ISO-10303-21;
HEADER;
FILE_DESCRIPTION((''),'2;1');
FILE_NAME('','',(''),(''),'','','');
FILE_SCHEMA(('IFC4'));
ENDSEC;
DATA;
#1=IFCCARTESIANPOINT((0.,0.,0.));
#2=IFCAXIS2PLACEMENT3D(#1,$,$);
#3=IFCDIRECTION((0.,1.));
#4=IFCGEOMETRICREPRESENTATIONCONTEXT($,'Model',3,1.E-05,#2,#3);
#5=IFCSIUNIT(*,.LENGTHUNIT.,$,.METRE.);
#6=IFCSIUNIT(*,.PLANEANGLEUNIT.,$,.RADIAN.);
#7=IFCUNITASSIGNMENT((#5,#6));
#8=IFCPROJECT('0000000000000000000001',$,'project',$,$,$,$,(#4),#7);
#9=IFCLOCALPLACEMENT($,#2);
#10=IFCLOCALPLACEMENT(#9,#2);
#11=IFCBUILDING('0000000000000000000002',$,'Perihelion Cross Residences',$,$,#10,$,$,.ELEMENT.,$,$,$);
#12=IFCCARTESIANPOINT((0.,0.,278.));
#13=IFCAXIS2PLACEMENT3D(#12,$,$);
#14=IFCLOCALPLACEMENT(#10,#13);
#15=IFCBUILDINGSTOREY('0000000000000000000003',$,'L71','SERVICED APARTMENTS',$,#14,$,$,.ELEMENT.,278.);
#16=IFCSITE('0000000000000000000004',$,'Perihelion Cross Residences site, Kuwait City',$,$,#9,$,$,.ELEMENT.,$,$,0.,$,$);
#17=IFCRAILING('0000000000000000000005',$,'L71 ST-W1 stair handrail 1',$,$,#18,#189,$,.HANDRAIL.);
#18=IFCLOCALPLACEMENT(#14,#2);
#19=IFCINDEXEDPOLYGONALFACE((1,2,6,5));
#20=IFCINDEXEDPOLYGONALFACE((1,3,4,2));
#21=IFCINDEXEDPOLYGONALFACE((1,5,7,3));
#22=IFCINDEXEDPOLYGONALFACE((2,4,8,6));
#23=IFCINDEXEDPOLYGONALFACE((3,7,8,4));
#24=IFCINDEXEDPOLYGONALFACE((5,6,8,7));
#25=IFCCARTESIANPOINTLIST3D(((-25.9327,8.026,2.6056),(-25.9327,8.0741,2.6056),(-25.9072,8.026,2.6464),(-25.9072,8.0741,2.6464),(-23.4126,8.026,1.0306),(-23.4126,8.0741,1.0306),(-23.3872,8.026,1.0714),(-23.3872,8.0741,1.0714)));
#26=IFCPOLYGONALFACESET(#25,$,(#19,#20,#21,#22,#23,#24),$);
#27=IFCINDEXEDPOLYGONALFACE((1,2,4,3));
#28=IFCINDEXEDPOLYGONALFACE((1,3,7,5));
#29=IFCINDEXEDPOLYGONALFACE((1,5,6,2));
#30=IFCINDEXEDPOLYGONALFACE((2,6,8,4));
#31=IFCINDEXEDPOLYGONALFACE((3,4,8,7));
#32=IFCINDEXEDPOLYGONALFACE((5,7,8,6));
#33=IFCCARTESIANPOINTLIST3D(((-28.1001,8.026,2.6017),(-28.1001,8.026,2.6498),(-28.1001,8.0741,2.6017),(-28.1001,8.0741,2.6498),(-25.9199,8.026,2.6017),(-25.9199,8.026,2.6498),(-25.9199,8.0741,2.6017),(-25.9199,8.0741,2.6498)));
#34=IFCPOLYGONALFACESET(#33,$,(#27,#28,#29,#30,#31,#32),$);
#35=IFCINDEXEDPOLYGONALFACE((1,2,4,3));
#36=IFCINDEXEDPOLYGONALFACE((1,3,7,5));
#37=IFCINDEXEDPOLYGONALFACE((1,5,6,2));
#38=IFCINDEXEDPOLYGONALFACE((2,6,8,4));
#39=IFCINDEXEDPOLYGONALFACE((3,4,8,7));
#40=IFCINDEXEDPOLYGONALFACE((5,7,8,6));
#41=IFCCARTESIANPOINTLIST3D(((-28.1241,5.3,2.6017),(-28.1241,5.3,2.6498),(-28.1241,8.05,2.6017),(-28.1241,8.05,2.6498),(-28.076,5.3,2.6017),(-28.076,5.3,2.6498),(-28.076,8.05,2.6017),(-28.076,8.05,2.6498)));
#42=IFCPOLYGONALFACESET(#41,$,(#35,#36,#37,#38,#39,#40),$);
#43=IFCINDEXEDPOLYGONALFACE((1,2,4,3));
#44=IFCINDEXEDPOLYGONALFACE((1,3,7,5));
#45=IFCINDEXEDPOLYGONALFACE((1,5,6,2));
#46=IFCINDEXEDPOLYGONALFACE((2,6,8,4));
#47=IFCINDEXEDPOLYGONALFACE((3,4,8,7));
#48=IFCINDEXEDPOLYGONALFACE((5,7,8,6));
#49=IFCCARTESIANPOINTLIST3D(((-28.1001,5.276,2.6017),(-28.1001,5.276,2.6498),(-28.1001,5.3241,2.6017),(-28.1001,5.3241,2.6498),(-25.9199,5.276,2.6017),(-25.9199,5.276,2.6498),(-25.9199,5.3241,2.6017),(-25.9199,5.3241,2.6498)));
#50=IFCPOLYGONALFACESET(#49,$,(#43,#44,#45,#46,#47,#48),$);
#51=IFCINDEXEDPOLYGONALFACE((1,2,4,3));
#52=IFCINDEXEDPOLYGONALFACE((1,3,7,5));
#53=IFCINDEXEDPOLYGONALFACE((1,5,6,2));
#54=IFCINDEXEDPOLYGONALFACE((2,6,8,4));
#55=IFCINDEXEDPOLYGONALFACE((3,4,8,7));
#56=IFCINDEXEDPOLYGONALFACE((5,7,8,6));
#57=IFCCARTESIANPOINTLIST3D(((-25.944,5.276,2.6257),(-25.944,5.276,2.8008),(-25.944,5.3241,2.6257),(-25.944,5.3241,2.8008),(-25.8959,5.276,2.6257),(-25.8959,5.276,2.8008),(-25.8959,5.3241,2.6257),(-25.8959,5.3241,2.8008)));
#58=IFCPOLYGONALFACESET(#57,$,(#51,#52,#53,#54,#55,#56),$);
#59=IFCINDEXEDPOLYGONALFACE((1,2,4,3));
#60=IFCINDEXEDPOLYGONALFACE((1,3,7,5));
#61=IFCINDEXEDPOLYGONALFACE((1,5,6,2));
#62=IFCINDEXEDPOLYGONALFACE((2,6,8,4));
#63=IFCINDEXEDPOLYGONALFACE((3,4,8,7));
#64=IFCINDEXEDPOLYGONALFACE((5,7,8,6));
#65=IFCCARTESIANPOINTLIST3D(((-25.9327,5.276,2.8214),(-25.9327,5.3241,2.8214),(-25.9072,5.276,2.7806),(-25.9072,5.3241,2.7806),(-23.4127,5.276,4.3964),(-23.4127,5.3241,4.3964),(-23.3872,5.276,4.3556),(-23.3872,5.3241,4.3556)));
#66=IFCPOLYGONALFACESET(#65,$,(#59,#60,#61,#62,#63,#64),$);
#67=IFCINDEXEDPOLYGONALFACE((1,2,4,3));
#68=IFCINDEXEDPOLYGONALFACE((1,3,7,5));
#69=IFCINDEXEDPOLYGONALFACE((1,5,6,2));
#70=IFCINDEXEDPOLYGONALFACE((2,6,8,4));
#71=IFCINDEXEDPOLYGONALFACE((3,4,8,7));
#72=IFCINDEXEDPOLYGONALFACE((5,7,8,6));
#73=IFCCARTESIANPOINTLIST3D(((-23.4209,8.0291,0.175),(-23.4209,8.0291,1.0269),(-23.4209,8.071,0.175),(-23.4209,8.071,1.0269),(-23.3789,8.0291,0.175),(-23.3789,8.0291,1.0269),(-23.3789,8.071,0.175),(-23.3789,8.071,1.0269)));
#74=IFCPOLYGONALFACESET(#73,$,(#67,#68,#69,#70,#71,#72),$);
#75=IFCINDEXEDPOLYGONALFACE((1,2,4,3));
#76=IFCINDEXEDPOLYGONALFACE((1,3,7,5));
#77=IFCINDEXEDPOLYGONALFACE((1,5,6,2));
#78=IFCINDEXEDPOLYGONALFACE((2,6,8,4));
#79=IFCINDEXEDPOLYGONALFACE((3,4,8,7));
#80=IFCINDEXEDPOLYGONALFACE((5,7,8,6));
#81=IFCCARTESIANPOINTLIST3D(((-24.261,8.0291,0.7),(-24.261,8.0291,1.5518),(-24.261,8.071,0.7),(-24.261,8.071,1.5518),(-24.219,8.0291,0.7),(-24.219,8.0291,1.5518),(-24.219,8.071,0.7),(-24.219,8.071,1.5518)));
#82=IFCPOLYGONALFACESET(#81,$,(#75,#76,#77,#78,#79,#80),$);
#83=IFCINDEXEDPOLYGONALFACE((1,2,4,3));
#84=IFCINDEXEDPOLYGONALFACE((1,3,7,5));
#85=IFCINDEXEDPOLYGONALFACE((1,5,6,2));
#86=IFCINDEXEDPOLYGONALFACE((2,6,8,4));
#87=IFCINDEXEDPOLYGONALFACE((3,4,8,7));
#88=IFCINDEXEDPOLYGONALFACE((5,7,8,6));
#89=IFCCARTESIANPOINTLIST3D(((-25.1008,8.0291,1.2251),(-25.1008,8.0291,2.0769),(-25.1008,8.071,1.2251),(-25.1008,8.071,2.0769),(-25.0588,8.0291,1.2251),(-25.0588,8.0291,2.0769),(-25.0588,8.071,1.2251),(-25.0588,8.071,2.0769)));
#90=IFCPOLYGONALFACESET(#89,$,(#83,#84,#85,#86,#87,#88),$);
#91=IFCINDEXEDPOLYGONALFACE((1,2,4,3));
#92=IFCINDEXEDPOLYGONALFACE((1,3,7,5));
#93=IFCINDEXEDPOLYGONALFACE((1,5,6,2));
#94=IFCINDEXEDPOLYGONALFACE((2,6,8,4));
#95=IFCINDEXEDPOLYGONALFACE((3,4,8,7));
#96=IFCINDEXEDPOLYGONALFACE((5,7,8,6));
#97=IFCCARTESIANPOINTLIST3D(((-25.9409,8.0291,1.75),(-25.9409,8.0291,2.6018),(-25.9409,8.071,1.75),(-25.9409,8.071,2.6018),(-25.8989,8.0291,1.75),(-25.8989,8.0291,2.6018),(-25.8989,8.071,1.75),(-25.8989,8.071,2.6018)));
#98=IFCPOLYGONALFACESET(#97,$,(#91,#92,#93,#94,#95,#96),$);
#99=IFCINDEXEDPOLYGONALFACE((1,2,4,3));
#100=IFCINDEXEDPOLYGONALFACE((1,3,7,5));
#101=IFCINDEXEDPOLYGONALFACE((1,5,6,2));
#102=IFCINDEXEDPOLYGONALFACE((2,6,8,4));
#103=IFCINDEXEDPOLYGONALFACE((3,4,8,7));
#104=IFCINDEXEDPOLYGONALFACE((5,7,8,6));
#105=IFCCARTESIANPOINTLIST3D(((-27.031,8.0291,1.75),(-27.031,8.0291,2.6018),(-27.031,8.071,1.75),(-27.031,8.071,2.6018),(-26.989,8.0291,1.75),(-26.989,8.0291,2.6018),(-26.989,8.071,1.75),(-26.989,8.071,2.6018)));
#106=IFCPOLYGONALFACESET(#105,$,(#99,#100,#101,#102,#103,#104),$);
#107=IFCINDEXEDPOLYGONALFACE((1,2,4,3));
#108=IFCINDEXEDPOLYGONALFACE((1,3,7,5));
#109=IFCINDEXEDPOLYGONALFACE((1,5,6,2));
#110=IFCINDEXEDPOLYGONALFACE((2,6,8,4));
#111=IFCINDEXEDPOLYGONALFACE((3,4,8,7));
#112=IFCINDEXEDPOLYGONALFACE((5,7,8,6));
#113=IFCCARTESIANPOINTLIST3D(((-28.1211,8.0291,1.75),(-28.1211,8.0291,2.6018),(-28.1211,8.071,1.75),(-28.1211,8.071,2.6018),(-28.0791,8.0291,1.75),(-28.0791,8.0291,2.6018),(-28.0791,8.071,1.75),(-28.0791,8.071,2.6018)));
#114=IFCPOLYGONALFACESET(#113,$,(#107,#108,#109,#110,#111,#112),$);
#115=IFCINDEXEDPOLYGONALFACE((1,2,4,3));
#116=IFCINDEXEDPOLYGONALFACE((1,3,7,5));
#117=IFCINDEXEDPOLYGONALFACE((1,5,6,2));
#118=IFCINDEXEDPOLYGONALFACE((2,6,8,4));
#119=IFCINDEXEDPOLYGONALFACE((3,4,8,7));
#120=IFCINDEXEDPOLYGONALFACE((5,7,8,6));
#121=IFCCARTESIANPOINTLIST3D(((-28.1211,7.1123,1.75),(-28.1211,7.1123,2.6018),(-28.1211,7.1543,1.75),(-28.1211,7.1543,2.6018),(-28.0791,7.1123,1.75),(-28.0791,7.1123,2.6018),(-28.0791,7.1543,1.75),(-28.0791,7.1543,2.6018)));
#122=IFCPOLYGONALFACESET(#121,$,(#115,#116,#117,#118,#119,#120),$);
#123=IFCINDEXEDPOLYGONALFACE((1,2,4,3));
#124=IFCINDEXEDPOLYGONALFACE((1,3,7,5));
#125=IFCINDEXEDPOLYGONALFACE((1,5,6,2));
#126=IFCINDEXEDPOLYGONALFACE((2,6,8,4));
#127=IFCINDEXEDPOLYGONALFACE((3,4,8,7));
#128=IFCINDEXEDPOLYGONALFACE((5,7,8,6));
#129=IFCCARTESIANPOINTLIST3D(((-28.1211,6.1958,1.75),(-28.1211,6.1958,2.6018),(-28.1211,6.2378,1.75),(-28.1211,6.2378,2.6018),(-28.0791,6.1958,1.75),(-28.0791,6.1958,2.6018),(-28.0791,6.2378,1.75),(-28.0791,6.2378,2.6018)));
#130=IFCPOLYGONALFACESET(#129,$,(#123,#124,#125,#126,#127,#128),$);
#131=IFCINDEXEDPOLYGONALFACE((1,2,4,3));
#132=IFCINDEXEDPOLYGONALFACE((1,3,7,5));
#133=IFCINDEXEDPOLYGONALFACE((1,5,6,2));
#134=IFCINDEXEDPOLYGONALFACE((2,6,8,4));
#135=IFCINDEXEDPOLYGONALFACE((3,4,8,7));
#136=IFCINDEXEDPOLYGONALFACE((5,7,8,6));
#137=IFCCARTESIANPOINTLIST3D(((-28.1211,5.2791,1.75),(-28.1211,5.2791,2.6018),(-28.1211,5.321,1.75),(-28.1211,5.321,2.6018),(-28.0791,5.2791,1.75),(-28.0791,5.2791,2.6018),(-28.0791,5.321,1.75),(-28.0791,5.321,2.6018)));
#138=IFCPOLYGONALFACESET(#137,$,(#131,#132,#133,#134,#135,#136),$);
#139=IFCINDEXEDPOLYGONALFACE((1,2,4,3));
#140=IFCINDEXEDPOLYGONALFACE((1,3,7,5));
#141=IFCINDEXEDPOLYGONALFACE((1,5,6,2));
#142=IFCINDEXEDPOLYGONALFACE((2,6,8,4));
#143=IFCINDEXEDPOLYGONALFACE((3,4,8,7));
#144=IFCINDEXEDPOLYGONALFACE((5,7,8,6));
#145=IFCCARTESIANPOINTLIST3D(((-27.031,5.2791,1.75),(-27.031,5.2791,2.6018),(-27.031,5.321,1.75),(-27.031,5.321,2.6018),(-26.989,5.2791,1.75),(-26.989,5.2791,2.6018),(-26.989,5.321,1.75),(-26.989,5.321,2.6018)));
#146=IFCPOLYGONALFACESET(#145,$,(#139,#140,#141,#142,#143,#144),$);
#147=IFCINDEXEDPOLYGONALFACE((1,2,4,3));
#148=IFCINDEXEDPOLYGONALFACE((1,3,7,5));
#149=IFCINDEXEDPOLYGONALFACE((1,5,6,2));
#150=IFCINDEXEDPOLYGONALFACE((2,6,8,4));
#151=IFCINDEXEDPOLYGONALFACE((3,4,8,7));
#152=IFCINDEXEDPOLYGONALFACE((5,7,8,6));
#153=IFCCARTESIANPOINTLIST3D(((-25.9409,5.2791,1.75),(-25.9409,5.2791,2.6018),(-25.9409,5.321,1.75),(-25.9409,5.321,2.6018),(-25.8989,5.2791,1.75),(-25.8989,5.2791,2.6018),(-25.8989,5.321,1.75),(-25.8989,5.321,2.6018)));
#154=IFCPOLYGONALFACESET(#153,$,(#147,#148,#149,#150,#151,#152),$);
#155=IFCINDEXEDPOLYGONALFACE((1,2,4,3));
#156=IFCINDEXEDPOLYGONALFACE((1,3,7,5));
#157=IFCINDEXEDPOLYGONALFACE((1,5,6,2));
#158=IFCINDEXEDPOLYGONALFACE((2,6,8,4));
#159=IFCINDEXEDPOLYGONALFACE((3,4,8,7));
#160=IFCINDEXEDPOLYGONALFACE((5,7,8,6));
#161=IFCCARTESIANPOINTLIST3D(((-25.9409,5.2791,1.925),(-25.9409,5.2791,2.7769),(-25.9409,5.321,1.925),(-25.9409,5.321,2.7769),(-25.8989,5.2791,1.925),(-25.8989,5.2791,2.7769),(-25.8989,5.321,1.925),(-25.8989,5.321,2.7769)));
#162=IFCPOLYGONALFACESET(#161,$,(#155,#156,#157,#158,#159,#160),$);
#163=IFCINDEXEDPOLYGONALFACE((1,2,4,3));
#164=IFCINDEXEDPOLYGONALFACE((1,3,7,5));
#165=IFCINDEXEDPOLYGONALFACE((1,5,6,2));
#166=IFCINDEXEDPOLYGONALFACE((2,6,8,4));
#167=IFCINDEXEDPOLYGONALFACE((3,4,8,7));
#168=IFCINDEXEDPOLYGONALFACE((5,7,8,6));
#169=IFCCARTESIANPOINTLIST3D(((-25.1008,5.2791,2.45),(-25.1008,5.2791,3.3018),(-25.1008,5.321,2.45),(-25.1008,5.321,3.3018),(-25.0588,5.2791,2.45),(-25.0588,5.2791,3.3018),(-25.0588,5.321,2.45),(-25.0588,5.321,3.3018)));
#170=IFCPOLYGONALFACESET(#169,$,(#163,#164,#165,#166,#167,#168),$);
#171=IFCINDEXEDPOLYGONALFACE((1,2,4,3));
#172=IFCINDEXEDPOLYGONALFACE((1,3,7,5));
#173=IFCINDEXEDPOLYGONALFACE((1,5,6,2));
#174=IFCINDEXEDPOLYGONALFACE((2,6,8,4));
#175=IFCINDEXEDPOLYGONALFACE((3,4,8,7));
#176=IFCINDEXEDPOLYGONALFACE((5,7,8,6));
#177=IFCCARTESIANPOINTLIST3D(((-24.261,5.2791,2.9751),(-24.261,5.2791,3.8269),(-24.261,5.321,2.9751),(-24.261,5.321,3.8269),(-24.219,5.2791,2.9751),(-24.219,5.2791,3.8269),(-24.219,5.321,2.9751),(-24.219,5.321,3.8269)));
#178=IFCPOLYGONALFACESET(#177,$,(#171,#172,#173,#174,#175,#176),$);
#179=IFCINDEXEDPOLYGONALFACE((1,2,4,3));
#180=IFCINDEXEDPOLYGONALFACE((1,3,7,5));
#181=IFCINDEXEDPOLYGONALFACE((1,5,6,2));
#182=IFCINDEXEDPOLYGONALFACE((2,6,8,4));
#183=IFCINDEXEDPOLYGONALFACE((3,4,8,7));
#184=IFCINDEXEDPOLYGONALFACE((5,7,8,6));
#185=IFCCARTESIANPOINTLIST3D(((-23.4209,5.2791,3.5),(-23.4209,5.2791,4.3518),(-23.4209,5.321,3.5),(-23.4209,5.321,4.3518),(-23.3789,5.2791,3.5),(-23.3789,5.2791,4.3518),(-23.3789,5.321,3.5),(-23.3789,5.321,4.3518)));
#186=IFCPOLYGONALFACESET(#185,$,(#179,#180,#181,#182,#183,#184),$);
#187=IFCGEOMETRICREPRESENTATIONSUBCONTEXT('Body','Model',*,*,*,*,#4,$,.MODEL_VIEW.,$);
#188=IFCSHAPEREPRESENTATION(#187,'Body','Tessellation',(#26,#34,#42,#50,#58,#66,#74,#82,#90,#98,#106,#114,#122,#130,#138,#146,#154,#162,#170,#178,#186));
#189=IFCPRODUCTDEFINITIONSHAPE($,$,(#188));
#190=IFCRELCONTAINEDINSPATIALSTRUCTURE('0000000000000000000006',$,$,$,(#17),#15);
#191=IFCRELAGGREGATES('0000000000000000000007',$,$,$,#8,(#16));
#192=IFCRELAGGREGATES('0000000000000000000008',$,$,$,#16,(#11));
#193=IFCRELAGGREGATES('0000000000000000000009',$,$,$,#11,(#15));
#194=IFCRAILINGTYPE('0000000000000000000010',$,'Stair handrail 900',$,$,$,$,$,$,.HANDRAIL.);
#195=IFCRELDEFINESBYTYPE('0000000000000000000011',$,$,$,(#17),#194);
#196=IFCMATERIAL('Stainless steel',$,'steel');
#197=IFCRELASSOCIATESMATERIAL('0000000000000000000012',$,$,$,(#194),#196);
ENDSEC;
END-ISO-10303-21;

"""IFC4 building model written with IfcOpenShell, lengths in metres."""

from ifc_helpers import new_model, si_unit, direction, frame, origin, origin_2d, place, context, subcontext, project, spatial, rectangle, extrude, material, type_object, element, save


model = new_model("IFC4")

# Units and contexts
model_context = context("Model", 3, precision=1e-05, world=origin(), true_north=direction((0.0, 1.0)))
body_context = subcontext(model_context, "Body", "Model", "MODEL_VIEW")
ifc_project = project(units=[si_unit("LENGTHUNIT", "METRE"), si_unit("PLANEANGLEUNIT", "RADIAN")], contexts=[model_context])

# Site, building, storey
site_placement = place(None, origin())
site = spatial("IfcSite", under=ifc_project, at=site_placement, Name="Perihelion Cross Residences site, Kuwait City", CompositionType="ELEMENT", RefElevation=0.0)
building_placement = place(site_placement, origin())
building = spatial("IfcBuilding", under=site, at=building_placement, Name="Perihelion Cross Residences", CompositionType="ELEMENT")
storey_placement = place(building_placement, frame((0.0, 0.0, 278.0)))
storey = spatial("IfcBuildingStorey", under=building, at=storey_placement, Name="L71", Description="SERVICED APARTMENTS", CompositionType="ELEMENT", Elevation=278.0)

# Railing
ifc_material_1 = material(Name="Stainless steel", Category="steel")
railing_type_1 = type_object("IfcRailingType", Name="Stair handrail 900", PredefinedType="HANDRAIL", material=ifc_material_1)
railing_1_placement = place(storey_placement, frame((-23.3999, 8.05, 0.175)))
element("IfcRailing", 1, at=railing_1_placement, inside=storey, type_object=railing_type_1, Name="L71 ST-W1 stair handrail 1", PredefinedType="HANDRAIL", context=body_context, shape_type="SweptSolid", body=[
    extrude(rectangle(XDim=0.0481, YDim=0.0481, at=origin_2d()), frame((0.0, 0.0, 0.876), z_axis=(-0.848008, 0.0, 0.529984), x_axis=(0.0, -1.0, 0.0)), (0.0, 0.0, 1.0), 2.9717),
    extrude(rectangle(XDim=0.0481, YDim=0.0481, at=origin_2d()), frame((-2.52, 0.0, 2.4507), z_axis=(-1.0, 0.0, 0.0), x_axis=(0.0, -1.0, 0.0)), (0.0, 0.0, 1.0), 2.1802),
    extrude(rectangle(XDim=0.0481, YDim=0.0481, at=origin_2d()), frame((-4.7002, 0.0, 2.4507), z_axis=(0.0, -1.0, 0.0), x_axis=(1.0, 0.0, 0.0)), (0.0, 0.0, 1.0), 2.75),
    extrude(rectangle(XDim=0.0481, YDim=0.0481, at=origin_2d()), frame((-4.7002, -2.75, 2.4507), z_axis=(1.0, 0.0, 0.0), x_axis=(0.0, 1.0, 0.0)), (0.0, 0.0, 1.0), 2.1802),
    extrude(rectangle(XDim=0.0481, YDim=0.0481, at=origin_2d()), frame((-2.52, -2.75, 2.4507), z_axis=(0.0, 0.0, 1.0), x_axis=(1.0, 0.0, 0.0)), (0.0, 0.0, 1.0), 0.175),
    extrude(rectangle(XDim=0.0481, YDim=0.0481, at=origin_2d()), frame((-2.52, -2.75, 2.626), z_axis=(0.848008, 0.0, 0.529984), x_axis=(0.0, 1.0, 0.0)), (0.0, 0.0, 1.0), 2.9717),
    extrude(rectangle(XDim=0.042, YDim=0.042, at=origin_2d()), origin(), (0.0, 0.0, 1.0), 0.8518),
    extrude(rectangle(XDim=0.042, YDim=0.042, at=origin_2d()), frame((-0.8401, 0.0, 0.5249)), (0.0, 0.0, 1.0), 0.8518),
    extrude(rectangle(XDim=0.042, YDim=0.042, at=origin_2d()), frame((-1.6799, 0.0, 1.05)), (0.0, 0.0, 1.0), 0.8518),
    extrude(rectangle(XDim=0.042, YDim=0.042, at=origin_2d()), frame((-2.52, 0.0, 1.575)), (0.0, 0.0, 1.0), 0.8518),
    extrude(rectangle(XDim=0.042, YDim=0.042, at=origin_2d()), frame((-3.6101, 0.0, 1.575)), (0.0, 0.0, 1.0), 0.8518),
    extrude(rectangle(XDim=0.042, YDim=0.042, at=origin_2d()), frame((-4.7002, 0.0, 1.575)), (0.0, 0.0, 1.0), 0.8518),
    extrude(rectangle(XDim=0.042, YDim=0.042, at=origin_2d()), frame((-4.7002, -0.9167, 1.575)), (0.0, 0.0, 1.0), 0.8518),
    extrude(rectangle(XDim=0.042, YDim=0.042, at=origin_2d()), frame((-4.7002, -1.8333, 1.575)), (0.0, 0.0, 1.0), 0.8518),
    extrude(rectangle(XDim=0.042, YDim=0.042, at=origin_2d()), frame((-4.7002, -2.75, 1.575)), (0.0, 0.0, 1.0), 0.8518),
    extrude(rectangle(XDim=0.042, YDim=0.042, at=origin_2d()), frame((-3.6101, -2.75, 1.575)), (0.0, 0.0, 1.0), 0.8518),
    extrude(rectangle(XDim=0.042, YDim=0.042, at=origin_2d()), frame((-2.52, -2.75, 1.575)), (0.0, 0.0, 1.0), 0.8518),
    extrude(rectangle(XDim=0.042, YDim=0.042, at=origin_2d()), frame((-2.52, -2.75, 1.75)), (0.0, 0.0, 1.0), 0.8518),
    extrude(rectangle(XDim=0.042, YDim=0.042, at=origin_2d()), frame((-1.6799, -2.75, 2.2749)), (0.0, 0.0, 1.0), 0.8518),
    extrude(rectangle(XDim=0.042, YDim=0.042, at=origin_2d()), frame((-0.8401, -2.75, 2.8)), (0.0, 0.0, 1.0), 0.8518),
    extrude(rectangle(XDim=0.042, YDim=0.042, at=origin_2d()), frame((0.0, -2.75, 3.325)), (0.0, 0.0, 1.0), 0.8518),
])

save(model, "model.ifc")
